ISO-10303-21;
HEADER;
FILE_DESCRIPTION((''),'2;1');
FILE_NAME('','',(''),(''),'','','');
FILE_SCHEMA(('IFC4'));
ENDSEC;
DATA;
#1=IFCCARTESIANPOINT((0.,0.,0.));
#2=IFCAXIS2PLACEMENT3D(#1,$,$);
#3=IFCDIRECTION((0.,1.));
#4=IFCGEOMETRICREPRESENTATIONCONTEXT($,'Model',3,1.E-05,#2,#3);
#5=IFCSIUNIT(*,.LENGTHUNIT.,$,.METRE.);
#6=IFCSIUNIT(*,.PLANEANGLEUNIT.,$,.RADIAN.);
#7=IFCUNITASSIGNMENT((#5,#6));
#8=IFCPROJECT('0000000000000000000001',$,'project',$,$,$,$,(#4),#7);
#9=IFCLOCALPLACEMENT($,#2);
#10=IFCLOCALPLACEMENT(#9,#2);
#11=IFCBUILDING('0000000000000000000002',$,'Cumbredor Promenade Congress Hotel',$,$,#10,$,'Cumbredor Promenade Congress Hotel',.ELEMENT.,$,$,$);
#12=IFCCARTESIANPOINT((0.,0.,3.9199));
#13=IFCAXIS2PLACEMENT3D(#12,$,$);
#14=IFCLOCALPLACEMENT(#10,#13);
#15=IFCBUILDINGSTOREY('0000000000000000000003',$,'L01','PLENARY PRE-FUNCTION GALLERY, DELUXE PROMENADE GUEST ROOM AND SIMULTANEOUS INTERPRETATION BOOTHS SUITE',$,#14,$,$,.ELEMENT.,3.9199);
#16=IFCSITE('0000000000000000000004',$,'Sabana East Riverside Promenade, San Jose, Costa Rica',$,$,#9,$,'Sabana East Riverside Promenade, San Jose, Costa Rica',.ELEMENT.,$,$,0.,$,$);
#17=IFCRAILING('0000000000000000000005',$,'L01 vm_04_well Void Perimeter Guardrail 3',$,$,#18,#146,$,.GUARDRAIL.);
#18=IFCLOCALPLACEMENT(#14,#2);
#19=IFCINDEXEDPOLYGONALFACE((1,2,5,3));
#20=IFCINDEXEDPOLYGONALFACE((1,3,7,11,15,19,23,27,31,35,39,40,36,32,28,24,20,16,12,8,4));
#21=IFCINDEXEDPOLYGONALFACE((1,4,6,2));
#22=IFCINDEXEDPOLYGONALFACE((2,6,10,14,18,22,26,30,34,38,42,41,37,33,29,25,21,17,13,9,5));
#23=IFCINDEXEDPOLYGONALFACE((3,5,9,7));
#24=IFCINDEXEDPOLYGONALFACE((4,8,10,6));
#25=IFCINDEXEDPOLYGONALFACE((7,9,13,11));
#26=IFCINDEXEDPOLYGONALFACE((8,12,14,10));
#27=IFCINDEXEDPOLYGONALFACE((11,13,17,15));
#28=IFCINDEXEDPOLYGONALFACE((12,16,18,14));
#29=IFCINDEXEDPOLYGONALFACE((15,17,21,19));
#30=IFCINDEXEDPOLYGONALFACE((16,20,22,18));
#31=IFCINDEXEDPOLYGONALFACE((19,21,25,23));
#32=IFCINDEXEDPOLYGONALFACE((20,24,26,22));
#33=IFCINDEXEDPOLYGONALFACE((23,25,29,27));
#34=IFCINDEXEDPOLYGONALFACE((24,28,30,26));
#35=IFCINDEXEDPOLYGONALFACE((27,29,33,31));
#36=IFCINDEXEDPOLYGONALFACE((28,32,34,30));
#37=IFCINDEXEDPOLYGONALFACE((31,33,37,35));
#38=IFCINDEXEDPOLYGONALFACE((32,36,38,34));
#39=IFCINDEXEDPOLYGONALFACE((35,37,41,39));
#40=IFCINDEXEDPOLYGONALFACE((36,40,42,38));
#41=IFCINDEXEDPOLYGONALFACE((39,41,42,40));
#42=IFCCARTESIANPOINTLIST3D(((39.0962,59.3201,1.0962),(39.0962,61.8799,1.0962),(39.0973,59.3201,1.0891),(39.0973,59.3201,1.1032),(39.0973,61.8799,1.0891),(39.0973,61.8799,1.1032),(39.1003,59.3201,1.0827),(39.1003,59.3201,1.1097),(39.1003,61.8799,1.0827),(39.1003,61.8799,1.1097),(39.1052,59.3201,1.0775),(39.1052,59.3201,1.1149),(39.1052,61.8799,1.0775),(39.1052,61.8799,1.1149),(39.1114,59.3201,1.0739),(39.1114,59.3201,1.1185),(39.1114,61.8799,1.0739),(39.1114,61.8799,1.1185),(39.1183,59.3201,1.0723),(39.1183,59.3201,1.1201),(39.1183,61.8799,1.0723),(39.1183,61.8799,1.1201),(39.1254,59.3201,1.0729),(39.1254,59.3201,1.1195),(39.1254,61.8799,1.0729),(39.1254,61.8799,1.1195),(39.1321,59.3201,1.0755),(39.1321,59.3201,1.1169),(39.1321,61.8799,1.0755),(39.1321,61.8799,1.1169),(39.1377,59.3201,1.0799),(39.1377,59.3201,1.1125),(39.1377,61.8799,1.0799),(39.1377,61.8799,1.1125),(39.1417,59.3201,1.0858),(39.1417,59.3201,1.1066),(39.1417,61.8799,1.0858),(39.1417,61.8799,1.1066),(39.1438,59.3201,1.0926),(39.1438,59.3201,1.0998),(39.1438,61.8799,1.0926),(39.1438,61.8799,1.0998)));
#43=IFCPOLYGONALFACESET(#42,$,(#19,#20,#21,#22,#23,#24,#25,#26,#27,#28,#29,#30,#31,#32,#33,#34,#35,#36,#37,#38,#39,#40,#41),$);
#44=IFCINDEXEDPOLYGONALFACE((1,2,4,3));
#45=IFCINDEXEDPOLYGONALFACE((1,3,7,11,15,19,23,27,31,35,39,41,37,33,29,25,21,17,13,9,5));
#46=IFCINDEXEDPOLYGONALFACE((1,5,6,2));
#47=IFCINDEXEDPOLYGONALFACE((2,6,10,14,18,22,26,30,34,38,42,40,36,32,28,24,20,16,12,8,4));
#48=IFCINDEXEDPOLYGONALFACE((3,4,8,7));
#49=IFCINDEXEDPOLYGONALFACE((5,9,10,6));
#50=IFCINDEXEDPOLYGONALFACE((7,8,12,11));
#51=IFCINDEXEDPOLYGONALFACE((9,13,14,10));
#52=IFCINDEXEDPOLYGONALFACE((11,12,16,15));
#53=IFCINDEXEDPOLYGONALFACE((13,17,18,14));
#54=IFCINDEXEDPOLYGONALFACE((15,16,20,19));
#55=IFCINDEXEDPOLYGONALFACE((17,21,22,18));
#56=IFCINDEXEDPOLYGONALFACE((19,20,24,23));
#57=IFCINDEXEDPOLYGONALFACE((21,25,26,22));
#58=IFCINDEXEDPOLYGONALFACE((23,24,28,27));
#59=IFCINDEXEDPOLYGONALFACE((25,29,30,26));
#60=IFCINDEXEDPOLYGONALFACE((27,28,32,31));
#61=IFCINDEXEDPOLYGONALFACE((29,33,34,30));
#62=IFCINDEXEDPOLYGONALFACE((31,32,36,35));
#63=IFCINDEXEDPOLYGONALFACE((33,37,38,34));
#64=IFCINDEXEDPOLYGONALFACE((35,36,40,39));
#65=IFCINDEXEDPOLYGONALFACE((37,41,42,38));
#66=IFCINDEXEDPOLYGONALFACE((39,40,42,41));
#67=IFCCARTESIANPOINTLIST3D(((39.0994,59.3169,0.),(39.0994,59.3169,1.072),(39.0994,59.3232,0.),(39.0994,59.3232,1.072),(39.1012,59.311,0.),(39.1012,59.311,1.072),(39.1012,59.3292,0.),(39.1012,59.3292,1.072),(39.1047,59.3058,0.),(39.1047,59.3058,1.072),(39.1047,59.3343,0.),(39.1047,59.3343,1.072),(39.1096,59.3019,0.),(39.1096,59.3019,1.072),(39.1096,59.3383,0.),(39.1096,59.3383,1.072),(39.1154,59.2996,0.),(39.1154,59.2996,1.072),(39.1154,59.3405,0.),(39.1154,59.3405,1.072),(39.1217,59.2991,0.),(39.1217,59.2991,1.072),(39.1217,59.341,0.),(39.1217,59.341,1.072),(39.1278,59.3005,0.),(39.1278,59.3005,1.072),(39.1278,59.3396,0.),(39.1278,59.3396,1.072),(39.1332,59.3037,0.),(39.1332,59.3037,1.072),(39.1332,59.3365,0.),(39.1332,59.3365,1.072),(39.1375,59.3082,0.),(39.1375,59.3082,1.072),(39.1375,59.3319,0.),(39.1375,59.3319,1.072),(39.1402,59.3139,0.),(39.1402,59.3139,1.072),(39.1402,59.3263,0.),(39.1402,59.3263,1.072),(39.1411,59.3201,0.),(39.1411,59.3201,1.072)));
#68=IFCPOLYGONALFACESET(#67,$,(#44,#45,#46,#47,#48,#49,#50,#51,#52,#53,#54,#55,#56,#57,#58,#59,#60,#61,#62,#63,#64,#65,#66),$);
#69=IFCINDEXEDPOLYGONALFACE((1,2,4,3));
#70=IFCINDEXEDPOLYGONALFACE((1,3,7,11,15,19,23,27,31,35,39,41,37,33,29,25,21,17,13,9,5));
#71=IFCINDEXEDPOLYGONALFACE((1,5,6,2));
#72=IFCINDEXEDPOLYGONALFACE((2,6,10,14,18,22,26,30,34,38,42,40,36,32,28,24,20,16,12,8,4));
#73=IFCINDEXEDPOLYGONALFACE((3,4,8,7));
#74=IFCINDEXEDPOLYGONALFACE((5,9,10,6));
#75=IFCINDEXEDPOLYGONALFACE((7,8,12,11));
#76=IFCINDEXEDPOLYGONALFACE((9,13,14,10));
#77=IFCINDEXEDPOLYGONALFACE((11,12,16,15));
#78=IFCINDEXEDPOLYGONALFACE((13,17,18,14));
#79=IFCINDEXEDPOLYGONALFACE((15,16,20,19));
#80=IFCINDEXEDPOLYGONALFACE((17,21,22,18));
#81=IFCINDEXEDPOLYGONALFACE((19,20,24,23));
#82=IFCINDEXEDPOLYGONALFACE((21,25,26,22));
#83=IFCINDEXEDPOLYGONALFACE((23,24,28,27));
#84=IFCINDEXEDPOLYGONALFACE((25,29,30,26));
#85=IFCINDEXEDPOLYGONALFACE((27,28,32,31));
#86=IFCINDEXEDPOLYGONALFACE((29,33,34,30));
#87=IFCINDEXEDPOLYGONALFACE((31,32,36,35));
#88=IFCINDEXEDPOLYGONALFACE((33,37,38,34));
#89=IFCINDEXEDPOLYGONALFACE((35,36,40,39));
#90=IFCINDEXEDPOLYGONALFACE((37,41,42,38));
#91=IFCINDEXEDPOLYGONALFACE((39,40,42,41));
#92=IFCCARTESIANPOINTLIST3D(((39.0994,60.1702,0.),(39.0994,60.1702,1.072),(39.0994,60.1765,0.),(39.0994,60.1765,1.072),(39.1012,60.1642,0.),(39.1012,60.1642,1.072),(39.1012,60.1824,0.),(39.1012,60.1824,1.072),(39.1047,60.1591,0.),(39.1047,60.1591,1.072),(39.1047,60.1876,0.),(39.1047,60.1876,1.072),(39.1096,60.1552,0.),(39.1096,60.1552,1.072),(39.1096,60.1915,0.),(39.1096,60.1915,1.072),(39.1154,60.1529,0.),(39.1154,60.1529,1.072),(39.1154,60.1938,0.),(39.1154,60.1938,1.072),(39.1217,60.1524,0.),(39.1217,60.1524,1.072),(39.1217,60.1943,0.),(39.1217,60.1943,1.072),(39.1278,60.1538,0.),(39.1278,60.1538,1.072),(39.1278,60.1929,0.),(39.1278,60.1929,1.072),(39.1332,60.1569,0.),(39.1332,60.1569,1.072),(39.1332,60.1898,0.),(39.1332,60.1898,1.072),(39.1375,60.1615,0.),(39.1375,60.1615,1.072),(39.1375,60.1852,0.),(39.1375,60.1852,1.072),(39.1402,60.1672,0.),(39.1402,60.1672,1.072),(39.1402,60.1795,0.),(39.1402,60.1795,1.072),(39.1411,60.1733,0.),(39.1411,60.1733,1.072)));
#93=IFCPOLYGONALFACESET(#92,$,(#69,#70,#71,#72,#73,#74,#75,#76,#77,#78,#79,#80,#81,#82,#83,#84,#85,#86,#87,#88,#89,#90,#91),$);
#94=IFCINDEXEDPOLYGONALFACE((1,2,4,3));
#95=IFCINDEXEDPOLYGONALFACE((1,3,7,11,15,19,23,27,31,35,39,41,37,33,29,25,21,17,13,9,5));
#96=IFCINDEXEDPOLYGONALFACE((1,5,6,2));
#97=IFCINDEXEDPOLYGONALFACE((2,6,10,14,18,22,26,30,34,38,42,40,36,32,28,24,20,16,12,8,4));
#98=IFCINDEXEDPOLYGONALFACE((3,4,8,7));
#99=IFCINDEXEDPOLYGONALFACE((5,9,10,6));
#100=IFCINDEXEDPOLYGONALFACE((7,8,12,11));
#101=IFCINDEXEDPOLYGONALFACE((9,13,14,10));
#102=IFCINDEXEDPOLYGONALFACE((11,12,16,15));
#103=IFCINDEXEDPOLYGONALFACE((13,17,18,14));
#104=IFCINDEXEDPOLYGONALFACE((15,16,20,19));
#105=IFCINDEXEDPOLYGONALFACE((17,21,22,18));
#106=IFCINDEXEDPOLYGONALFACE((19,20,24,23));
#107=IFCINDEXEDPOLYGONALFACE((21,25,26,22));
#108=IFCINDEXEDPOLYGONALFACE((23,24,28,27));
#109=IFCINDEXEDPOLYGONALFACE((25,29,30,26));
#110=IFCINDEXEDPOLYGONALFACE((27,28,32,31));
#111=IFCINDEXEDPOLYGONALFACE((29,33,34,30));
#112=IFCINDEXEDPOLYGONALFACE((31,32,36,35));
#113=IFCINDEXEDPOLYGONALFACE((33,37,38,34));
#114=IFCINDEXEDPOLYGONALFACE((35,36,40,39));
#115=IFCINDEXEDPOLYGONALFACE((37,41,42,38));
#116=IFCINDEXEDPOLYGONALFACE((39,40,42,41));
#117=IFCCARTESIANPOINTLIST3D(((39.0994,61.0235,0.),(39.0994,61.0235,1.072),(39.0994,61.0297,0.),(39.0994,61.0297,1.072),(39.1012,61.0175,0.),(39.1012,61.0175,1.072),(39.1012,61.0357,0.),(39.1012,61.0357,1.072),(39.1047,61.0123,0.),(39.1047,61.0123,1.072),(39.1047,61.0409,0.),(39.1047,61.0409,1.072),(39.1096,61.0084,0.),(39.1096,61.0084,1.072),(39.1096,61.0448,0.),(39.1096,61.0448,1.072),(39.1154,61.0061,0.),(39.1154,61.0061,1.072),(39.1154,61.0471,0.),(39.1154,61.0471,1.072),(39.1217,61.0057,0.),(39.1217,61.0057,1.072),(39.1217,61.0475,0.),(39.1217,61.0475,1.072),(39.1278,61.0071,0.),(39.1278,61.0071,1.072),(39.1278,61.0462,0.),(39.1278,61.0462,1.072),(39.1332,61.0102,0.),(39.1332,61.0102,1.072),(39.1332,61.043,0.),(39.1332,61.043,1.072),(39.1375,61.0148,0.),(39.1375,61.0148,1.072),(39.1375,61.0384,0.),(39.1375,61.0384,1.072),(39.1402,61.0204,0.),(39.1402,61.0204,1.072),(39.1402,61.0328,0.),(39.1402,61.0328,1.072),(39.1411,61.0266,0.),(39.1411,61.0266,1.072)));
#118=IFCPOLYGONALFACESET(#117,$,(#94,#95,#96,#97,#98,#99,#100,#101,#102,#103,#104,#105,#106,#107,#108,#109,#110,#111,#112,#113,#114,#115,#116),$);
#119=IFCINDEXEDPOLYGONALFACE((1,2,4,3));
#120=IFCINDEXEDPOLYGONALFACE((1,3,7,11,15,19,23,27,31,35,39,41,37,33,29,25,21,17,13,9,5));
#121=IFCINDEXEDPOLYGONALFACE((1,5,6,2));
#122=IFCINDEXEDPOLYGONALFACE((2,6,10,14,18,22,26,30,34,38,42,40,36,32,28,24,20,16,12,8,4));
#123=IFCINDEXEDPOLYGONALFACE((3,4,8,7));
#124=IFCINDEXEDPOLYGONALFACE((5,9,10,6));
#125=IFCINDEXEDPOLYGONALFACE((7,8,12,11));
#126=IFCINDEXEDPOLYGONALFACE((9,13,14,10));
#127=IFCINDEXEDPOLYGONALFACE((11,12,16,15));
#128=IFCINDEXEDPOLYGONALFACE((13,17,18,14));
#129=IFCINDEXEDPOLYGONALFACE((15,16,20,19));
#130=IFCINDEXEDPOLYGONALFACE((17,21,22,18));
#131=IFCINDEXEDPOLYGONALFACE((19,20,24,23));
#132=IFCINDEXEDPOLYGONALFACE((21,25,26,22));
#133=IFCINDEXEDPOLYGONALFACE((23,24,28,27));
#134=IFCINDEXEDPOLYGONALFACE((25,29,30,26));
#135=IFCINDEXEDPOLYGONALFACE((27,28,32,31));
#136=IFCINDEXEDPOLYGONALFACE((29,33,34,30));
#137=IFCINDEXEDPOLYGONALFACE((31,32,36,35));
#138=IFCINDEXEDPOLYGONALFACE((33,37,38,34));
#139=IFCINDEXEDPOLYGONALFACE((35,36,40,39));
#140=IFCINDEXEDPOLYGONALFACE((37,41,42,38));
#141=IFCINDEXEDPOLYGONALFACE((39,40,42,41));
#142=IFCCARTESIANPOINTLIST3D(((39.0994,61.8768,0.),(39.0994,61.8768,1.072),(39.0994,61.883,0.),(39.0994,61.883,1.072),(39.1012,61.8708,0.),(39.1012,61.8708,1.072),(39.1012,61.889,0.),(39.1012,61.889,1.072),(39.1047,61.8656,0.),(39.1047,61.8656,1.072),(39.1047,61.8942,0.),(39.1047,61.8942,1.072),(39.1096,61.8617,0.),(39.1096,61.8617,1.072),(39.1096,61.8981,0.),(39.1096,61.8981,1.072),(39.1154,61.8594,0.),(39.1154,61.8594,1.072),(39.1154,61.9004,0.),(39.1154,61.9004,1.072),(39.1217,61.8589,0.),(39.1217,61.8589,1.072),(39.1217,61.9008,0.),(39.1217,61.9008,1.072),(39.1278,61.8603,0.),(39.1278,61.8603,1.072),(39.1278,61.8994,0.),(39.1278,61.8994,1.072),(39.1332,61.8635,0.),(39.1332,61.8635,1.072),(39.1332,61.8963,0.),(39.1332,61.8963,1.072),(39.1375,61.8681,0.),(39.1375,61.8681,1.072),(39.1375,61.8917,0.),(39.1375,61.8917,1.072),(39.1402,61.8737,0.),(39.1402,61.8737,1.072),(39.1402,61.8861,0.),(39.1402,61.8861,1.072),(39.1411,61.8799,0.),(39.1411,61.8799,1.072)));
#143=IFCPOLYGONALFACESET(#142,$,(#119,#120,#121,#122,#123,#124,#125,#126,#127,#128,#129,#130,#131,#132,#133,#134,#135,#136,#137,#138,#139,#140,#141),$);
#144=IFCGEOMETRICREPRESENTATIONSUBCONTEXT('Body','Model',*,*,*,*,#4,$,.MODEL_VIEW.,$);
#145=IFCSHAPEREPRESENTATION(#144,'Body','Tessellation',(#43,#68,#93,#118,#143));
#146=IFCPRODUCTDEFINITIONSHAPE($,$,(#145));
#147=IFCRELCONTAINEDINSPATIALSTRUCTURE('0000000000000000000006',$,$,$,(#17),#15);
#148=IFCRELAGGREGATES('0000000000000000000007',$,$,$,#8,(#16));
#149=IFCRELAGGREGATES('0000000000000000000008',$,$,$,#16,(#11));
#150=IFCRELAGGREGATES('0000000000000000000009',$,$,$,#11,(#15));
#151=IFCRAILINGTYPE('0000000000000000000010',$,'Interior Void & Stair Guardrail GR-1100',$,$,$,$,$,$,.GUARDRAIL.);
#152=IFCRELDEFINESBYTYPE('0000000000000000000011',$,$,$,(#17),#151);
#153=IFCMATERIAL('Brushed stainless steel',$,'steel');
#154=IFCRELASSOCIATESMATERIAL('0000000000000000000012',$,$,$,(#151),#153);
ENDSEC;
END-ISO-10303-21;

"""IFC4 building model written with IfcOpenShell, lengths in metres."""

from ifc_helpers import new_model, si_unit, direction, frame, origin, origin_2d, place, context, subcontext, project, spatial, circle, extrude, material, type_object, element, save


model = new_model("IFC4")

# Units and contexts
model_context = context("Model", 3, precision=1e-05, world=origin(), true_north=direction((0.0, 1.0)))
body_context = subcontext(model_context, "Body", "Model", "MODEL_VIEW")
ifc_project = project(units=[si_unit("LENGTHUNIT", "METRE"), si_unit("PLANEANGLEUNIT", "RADIAN")], contexts=[model_context])

# Site, building, storey
site_placement = place(None, origin())
site = spatial("IfcSite", under=ifc_project, at=site_placement, Name="Sabana East Riverside Promenade, San Jose, Costa Rica", LongName="Sabana East Riverside Promenade, San Jose, Costa Rica", CompositionType="ELEMENT", RefElevation=0.0)
building_placement = place(site_placement, origin())
building = spatial("IfcBuilding", under=site, at=building_placement, Name="Cumbredor Promenade Congress Hotel", LongName="Cumbredor Promenade Congress Hotel", CompositionType="ELEMENT")
storey_placement = place(building_placement, frame((0.0, 0.0, 3.9199)))
storey = spatial("IfcBuildingStorey", under=building, at=storey_placement, Name="L01", Description="PLENARY PRE-FUNCTION GALLERY, DELUXE PROMENADE GUEST ROOM AND SIMULTANEOUS INTERPRETATION BOOTHS SUITE", CompositionType="ELEMENT", Elevation=3.9199)

# Shared definitions
ifc_material_1 = material(Name="Brushed stainless steel", Category="steel")

# Railing
railing_type = type_object("IfcRailingType", Name="Interior Void & Stair Guardrail GR-1100", PredefinedType="GUARDRAIL", material=ifc_material_1)
railing_1_placement = place(storey_placement, frame((39.1201, 59.3201, 0.0)))
element("IfcRailing", 1, at=railing_1_placement, inside=storey, type_object=railing_type, Name="L01 vm_04_well Void Perimeter Guardrail 3", PredefinedType="GUARDRAIL", context=body_context, shape_type="SweptSolid", body=[
    extrude(circle(Radius=0.0239, at=origin_2d()), frame((0.0, 0.0, 1.0962), z_axis=(0.0, 1.0, 0.0), x_axis=(-1.0, 0.0, 0.0)), (0.0, 0.0, 1.0), 2.5598),
    extrude(circle(Radius=0.021, at=origin_2d()), origin(), (0.0, 0.0, 1.0), 1.072),
    extrude(circle(Radius=0.021, at=origin_2d()), frame((0.0, 0.8533, 0.0)), (0.0, 0.0, 1.0), 1.072),
    extrude(circle(Radius=0.021, at=origin_2d()), frame((0.0, 1.7065, 0.0)), (0.0, 0.0, 1.0), 1.072),
    extrude(circle(Radius=0.021, at=origin_2d()), frame((0.0, 2.5598, 0.0)), (0.0, 0.0, 1.0), 1.072),
])

save(model, "model.ifc")
